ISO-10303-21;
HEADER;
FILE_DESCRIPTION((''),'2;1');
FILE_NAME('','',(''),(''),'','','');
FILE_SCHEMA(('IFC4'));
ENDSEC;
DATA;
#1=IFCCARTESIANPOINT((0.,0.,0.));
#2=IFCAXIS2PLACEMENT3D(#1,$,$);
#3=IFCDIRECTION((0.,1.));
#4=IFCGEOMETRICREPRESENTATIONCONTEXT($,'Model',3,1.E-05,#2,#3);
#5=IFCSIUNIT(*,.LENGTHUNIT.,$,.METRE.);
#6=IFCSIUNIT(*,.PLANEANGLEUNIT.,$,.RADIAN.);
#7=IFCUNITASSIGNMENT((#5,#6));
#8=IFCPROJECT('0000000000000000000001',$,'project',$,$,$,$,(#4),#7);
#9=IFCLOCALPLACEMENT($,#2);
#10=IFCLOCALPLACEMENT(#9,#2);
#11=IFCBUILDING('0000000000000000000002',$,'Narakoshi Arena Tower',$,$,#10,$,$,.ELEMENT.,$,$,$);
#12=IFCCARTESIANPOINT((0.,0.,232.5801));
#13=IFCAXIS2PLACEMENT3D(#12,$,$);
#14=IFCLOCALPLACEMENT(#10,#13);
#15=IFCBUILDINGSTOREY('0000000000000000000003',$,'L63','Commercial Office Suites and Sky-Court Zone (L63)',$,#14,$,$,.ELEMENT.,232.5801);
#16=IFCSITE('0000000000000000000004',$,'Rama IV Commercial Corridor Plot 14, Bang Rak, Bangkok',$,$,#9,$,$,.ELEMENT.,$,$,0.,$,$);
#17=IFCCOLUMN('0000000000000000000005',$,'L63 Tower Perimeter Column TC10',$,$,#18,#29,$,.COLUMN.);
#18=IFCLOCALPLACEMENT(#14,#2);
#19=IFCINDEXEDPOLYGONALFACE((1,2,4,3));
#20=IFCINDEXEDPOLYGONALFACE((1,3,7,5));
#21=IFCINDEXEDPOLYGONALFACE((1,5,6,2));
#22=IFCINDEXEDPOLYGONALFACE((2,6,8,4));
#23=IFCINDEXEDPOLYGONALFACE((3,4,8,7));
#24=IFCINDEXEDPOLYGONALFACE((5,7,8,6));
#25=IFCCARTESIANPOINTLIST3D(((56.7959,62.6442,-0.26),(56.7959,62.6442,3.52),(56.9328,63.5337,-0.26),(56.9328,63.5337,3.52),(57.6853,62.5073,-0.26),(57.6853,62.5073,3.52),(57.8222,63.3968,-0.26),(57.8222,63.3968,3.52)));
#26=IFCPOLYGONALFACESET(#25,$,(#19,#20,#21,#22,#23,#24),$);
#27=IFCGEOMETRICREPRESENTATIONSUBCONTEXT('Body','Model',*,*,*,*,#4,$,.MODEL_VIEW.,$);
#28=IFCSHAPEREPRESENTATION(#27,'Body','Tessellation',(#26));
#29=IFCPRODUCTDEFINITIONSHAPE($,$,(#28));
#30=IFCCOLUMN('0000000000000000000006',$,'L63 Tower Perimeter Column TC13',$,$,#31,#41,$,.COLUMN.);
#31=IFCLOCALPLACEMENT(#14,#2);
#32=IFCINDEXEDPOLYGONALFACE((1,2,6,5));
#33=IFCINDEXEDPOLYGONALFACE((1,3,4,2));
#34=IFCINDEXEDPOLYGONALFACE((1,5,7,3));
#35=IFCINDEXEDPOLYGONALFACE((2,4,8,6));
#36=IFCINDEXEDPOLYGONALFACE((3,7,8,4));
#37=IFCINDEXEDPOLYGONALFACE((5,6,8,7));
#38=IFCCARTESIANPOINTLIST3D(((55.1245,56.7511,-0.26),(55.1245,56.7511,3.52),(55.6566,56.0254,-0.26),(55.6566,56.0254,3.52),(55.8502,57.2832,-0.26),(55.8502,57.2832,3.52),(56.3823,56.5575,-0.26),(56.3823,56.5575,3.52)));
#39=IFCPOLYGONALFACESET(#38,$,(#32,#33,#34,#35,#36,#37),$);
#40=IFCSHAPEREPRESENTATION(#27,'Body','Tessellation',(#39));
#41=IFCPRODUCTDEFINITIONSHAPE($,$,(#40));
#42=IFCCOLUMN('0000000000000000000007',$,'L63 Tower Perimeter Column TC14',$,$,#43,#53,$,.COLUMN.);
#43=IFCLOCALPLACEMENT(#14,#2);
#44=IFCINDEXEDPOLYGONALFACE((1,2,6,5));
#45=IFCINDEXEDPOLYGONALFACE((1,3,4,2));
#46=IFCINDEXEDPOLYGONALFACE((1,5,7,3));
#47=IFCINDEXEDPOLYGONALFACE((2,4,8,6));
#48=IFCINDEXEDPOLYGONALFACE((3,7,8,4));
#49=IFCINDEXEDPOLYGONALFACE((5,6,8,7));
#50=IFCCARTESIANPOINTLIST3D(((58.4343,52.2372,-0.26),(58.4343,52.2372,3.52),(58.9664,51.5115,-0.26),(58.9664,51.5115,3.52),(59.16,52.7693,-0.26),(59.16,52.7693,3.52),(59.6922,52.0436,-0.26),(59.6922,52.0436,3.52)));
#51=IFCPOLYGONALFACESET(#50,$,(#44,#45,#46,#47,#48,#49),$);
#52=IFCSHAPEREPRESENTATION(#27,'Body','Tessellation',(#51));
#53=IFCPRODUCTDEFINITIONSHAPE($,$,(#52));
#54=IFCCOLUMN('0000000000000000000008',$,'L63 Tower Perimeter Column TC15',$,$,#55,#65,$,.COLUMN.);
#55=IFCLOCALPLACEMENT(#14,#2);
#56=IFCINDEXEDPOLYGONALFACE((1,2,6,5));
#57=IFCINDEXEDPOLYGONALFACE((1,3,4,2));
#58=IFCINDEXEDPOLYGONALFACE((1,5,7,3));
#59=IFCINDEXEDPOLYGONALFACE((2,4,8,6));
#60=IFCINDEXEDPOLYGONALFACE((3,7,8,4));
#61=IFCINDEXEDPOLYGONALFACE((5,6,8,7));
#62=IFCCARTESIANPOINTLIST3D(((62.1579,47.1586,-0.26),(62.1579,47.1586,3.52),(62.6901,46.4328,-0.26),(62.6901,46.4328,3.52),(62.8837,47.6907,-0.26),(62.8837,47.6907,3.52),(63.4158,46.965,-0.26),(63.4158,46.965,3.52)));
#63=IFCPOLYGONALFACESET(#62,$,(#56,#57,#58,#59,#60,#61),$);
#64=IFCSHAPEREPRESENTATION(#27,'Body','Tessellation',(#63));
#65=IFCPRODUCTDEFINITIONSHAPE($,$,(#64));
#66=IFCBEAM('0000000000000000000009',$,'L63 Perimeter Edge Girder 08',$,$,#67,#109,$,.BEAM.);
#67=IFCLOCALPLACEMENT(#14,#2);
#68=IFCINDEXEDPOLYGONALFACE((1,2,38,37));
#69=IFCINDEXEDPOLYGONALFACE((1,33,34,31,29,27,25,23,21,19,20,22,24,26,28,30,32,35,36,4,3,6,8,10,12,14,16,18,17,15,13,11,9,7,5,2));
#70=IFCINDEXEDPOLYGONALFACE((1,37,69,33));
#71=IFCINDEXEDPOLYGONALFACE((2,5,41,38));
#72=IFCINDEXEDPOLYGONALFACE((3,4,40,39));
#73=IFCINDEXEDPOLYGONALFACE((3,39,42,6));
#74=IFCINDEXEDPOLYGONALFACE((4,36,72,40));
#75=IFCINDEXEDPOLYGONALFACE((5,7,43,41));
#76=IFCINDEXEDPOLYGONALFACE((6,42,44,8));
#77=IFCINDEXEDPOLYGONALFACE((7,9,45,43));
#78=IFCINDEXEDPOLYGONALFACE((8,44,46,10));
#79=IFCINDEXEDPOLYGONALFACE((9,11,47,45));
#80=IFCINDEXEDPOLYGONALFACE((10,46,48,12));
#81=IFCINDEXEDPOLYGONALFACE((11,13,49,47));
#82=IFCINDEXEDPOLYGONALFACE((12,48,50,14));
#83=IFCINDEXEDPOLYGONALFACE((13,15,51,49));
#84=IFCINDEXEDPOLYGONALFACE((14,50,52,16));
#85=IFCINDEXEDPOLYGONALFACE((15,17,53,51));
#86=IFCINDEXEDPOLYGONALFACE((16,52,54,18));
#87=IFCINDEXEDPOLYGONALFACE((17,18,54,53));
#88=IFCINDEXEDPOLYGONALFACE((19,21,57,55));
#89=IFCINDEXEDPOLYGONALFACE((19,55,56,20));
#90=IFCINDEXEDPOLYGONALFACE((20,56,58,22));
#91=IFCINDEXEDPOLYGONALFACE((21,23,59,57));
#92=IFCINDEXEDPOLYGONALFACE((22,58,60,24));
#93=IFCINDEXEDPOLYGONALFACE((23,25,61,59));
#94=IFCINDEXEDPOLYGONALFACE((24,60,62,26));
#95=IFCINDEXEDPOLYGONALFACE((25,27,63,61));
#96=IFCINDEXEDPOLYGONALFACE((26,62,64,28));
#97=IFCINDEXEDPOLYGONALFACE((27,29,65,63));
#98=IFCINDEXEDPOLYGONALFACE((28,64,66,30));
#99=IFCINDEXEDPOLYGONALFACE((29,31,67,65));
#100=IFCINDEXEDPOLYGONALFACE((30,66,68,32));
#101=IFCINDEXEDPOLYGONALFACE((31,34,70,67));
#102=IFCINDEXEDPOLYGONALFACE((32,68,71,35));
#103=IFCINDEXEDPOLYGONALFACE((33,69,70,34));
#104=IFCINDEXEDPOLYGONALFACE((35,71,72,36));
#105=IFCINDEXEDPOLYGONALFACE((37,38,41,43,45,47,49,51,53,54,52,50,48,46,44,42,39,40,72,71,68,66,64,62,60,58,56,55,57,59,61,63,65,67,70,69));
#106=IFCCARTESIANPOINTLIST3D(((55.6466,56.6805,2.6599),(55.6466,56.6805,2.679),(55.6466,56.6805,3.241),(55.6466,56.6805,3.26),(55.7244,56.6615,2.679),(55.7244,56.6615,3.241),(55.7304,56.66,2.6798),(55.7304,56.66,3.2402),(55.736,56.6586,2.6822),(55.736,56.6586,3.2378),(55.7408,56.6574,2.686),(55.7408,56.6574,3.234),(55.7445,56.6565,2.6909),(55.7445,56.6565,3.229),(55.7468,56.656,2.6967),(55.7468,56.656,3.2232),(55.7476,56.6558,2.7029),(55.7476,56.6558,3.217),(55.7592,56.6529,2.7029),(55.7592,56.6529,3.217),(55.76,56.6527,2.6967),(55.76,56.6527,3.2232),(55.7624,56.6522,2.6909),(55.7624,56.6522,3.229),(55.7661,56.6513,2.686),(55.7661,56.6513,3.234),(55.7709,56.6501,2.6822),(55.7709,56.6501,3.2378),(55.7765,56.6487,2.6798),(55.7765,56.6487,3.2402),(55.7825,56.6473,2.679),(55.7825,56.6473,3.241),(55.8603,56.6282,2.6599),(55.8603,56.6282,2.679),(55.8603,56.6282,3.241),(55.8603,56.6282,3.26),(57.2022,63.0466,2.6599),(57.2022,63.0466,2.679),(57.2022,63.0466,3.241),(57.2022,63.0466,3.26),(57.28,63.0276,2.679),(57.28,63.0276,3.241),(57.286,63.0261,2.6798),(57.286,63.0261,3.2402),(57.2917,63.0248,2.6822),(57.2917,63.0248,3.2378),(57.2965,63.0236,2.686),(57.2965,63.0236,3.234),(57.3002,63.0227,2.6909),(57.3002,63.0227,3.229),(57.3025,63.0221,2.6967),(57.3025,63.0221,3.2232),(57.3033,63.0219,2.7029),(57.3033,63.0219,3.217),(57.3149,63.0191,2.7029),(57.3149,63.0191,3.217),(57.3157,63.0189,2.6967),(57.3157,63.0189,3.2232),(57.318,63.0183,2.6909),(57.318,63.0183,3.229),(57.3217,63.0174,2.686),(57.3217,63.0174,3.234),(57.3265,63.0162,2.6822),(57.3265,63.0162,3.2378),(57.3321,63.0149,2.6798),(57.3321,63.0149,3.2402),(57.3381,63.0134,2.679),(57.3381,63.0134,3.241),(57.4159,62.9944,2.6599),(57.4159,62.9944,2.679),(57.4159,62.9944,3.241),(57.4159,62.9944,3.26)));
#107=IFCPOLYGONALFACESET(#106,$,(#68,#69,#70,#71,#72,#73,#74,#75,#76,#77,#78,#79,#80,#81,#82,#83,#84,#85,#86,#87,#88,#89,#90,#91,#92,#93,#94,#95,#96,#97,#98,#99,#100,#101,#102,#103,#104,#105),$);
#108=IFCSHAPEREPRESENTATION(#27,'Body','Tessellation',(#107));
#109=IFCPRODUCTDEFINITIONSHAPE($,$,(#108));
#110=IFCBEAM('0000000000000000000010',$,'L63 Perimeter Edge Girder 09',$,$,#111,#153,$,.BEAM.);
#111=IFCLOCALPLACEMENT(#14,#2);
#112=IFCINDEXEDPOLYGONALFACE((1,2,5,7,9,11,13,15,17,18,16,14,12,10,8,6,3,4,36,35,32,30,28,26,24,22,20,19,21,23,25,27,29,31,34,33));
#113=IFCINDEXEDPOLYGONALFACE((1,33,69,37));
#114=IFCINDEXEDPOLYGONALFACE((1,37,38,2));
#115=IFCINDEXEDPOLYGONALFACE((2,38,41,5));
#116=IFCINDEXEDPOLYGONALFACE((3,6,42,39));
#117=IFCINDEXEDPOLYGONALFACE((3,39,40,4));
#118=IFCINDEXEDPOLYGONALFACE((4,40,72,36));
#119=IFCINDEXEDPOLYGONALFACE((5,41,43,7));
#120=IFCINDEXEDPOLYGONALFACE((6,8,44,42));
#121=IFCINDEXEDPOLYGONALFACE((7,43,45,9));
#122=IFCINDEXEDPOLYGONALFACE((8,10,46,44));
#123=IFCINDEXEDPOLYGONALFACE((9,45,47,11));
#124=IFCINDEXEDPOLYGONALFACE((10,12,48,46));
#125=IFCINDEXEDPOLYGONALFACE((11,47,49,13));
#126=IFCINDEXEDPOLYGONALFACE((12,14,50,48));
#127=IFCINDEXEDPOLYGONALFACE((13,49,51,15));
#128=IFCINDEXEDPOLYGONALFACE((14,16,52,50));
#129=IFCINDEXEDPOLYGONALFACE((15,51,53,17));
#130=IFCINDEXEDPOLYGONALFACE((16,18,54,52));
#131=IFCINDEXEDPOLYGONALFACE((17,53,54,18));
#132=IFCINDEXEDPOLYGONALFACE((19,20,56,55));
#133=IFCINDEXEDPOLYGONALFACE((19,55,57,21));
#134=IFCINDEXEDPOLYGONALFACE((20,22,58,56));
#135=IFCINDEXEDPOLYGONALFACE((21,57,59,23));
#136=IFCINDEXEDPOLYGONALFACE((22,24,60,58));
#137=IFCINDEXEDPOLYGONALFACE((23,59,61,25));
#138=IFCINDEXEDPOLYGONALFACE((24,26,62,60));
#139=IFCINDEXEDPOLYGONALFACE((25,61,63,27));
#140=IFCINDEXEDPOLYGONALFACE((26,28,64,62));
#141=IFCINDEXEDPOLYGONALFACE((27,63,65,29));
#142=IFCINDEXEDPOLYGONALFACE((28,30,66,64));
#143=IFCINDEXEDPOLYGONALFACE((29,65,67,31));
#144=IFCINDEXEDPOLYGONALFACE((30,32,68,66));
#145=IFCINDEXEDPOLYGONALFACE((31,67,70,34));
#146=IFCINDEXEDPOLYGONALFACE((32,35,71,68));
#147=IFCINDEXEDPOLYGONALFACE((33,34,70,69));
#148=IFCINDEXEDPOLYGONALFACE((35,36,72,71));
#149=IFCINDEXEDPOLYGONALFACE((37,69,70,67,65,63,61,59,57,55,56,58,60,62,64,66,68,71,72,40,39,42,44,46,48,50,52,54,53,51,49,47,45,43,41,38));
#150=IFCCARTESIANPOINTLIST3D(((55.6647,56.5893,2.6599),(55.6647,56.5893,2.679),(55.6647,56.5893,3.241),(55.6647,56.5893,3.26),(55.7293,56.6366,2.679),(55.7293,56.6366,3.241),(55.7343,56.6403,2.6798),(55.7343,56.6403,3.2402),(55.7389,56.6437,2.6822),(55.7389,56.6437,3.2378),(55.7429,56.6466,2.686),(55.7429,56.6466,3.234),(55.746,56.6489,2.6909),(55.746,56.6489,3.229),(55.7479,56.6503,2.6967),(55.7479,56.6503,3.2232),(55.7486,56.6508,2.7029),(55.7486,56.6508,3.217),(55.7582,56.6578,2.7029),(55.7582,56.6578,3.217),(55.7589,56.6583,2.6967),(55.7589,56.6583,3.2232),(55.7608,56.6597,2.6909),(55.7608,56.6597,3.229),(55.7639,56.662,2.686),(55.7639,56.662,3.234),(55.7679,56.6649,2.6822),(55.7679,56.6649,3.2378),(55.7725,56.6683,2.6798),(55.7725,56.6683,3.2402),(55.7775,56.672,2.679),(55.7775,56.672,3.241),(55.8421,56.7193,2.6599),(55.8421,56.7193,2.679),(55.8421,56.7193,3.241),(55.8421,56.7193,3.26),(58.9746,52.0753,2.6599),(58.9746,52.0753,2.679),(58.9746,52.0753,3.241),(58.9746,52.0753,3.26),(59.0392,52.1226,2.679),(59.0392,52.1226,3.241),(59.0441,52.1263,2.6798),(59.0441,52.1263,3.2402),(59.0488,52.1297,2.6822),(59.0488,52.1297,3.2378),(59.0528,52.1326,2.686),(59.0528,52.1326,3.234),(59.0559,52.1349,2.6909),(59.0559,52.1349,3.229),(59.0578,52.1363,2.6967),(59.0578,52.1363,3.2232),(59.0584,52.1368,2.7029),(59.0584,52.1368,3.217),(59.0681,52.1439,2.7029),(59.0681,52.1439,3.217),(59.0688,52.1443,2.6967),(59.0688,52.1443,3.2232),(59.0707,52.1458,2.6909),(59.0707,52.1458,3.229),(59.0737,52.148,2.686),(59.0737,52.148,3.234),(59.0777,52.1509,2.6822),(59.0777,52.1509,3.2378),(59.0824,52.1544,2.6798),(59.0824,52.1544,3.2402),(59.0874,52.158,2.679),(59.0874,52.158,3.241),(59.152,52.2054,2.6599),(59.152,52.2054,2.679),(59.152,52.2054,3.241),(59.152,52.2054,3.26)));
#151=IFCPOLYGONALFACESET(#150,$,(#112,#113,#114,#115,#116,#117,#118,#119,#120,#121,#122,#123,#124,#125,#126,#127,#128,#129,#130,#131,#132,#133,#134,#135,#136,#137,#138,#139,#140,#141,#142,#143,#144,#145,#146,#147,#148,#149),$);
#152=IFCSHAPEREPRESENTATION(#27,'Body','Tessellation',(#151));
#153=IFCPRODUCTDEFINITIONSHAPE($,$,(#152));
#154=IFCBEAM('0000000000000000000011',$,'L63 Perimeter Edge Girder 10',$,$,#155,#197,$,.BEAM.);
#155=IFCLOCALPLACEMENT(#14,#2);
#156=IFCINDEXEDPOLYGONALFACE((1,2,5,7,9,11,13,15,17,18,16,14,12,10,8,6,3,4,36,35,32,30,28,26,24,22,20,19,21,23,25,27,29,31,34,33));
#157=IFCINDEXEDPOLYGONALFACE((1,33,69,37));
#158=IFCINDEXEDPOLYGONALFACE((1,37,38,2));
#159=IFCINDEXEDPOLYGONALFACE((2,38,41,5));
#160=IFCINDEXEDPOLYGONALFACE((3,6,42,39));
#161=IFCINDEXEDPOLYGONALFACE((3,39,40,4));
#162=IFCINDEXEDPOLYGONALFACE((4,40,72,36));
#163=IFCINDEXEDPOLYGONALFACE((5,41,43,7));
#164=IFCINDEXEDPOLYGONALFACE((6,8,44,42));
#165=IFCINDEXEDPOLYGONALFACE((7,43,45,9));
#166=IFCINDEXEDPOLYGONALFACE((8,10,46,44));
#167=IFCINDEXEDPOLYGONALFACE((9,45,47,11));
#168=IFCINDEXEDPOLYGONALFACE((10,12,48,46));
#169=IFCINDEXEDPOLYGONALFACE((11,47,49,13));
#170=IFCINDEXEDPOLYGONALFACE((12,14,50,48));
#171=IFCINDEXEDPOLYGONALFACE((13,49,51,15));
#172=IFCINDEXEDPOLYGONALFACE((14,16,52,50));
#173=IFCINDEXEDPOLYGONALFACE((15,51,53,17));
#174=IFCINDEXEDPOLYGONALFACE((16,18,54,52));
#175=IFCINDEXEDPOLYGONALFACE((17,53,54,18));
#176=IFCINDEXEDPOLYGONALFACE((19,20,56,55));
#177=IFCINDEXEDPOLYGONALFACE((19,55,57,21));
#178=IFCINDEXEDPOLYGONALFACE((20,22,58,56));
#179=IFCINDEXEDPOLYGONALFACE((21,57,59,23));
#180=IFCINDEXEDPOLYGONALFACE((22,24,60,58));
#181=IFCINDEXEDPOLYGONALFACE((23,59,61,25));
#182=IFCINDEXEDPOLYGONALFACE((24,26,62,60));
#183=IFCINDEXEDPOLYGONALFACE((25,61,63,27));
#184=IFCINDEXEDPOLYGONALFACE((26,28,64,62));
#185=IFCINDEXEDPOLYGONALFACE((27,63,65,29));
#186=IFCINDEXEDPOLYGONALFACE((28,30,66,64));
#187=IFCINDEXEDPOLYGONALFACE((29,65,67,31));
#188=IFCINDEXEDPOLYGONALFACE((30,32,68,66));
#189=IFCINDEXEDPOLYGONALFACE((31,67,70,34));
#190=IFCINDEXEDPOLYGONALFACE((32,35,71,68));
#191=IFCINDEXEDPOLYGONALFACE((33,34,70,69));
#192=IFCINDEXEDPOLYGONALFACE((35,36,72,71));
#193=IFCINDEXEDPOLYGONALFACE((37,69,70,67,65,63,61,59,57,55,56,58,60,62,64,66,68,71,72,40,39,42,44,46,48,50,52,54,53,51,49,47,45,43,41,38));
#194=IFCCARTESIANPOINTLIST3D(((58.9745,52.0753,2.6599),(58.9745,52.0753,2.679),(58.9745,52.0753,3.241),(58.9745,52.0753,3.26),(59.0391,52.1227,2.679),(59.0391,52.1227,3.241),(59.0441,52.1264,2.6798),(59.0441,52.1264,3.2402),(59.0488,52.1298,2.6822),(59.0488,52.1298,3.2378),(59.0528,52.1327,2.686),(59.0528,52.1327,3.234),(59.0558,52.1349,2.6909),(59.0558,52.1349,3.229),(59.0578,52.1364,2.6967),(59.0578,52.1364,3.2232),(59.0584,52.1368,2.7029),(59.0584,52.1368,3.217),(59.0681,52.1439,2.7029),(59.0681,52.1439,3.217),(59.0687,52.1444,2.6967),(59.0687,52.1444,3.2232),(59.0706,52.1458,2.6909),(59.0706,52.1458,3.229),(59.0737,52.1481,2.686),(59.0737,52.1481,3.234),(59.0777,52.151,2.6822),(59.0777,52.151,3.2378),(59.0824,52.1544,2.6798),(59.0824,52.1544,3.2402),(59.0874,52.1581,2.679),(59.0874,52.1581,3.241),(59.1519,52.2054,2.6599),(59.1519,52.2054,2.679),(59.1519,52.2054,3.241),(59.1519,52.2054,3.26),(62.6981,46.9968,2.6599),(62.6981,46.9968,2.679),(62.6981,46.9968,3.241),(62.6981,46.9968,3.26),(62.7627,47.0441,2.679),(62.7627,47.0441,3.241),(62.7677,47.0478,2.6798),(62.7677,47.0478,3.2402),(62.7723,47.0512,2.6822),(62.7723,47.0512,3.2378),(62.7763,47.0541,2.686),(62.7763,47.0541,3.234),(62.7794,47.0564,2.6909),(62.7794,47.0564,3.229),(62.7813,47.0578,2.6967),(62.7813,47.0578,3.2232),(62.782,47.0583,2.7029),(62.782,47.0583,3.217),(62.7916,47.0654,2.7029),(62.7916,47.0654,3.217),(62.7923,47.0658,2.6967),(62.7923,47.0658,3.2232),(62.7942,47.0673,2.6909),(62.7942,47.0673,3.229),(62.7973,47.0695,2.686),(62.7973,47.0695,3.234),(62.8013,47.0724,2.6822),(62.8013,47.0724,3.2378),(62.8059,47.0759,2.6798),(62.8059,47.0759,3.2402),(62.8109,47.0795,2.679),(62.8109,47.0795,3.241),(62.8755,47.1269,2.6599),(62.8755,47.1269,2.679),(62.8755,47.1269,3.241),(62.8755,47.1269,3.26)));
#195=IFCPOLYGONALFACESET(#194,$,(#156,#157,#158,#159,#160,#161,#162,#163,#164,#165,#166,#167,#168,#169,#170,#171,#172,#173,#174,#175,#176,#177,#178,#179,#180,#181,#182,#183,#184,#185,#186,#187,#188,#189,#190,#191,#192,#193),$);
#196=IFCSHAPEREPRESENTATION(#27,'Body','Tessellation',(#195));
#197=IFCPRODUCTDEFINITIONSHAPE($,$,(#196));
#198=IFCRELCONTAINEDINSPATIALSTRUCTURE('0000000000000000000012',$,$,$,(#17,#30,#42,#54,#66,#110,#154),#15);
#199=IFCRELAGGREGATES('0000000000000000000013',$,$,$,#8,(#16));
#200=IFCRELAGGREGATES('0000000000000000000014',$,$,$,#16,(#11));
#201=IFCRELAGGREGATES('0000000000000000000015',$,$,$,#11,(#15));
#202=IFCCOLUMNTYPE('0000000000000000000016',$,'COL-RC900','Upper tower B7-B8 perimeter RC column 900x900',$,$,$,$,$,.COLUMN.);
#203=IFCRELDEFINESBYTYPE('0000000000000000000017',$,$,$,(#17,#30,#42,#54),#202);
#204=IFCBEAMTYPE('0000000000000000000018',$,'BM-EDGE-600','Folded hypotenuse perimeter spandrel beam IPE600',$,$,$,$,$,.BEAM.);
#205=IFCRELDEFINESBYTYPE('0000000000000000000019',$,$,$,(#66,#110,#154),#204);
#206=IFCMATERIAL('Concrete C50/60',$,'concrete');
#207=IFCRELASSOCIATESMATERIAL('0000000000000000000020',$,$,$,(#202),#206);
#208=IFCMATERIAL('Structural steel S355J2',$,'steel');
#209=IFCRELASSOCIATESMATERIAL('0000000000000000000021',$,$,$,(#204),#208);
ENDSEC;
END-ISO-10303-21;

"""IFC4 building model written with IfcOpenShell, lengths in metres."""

from ifc_helpers import new_model, si_unit, direction, frame, origin, origin_2d, place, context, subcontext, project, spatial, rectangle, i_section, extrude, material, material_profile, profile_set, type_object, element, save


model = new_model("IFC4")

# Units and contexts
model_context = context("Model", 3, precision=1e-05, world=origin(), true_north=direction((0.0, 1.0)))
body_context = subcontext(model_context, "Body", "Model", "MODEL_VIEW")
ifc_project = project(units=[si_unit("LENGTHUNIT", "METRE"), si_unit("PLANEANGLEUNIT", "RADIAN")], contexts=[model_context])

# Site, building, storey
site_placement = place(None, origin())
site = spatial("IfcSite", under=ifc_project, at=site_placement, Name="Rama IV Commercial Corridor Plot 14, Bang Rak, Bangkok", CompositionType="ELEMENT", RefElevation=0.0)
building_placement = place(site_placement, origin())
building = spatial("IfcBuilding", under=site, at=building_placement, Name="Narakoshi Arena Tower", CompositionType="ELEMENT")
storey_placement = place(building_placement, frame((0.0, 0.0, 232.5801)))
storey = spatial("IfcBuildingStorey", under=building, at=storey_placement, Name="L63", Description="Commercial Office Suites and Sky-Court Zone (L63)", CompositionType="ELEMENT", Elevation=232.5801)

# Columns
ifc_material_1 = material(Name="Concrete C50/60", Category="concrete")
ifc_material_profile_1 = material_profile(ifc_material_1, rectangle(XDim=0.8999, YDim=0.8999, at=origin_2d()), Name="RC900x900")
ifc_profile_set_1 = profile_set([ifc_material_profile_1], Name="Concrete C50/60")
column_type = type_object("IfcColumnType", Name="COL-RC900", Description="Upper tower B7-B8 perimeter RC column 900x900", PredefinedType="COLUMN", material=ifc_profile_set_1)
for number, where, z_axis, x_axis, name in (
    (1, (57.3091, 63.0205, -0.26), (0.0, 0.0, 1.0), (0.152123, 0.988362, 0.0), "L63 Tower Perimeter Column TC10"),
    (2, (55.7534, 56.6543, -0.26), (0.0, 0.0, 1.0), (-0.59131, 0.806445, 0.0), "L63 Tower Perimeter Column TC13"),
    (3, (59.0632, 52.1404, -0.26), (0.0, 0.0, 1.0), (-0.59131, 0.806445, 0.0), "L63 Tower Perimeter Column TC14"),
    (4, (62.7869, 47.0618, -0.26), (0.0, 0.0, 1.0), (-0.59131, 0.806445, 0.0), "L63 Tower Perimeter Column TC15"),
):
    element("IfcColumn", number, at=place(storey_placement, frame(where, z_axis=z_axis, x_axis=x_axis)), inside=storey, type_object=column_type, Name=name, PredefinedType="COLUMN", context=body_context, shape_type="SweptSolid", body=[
        extrude(rectangle(XDim=0.8999, YDim=0.8999, at=origin_2d()), origin(), (0.0, 0.0, 1.0), 3.78),
    ])

# Beams
ifc_material_2 = material(Name="Structural steel S355J2", Category="steel")
ifc_material_profile_2 = material_profile(ifc_material_2, i_section(OverallWidth=0.22, OverallDepth=0.6001, WebThickness=0.012, FlangeThickness=0.019, FilletRadius=0.0239, at=origin_2d()), Name="IPE600")
ifc_profile_set_2 = profile_set([ifc_material_profile_2], Name="Structural steel S355J2")
beam_type_1 = type_object("IfcBeamType", Name="BM-EDGE-600", Description="Folded hypotenuse perimeter spandrel beam IPE600", PredefinedType="BEAM", material=ifc_profile_set_2)
beam_1_placement = place(storey_placement, frame((57.3091, 63.0205, 2.96), z_axis=(-0.237378, -0.971417, 0.0), x_axis=(0.971417, -0.237378, 0.0)))
element("IfcBeam", 5, at=beam_1_placement, inside=storey, type_object=beam_type_1, Name="L63 Perimeter Edge Girder 08", PredefinedType="BEAM", context=body_context, shape_type="SweptSolid", body=[
    extrude(i_section(OverallWidth=0.22, OverallDepth=0.6001, WebThickness=0.012, FlangeThickness=0.019, FilletRadius=0.0239, at=origin_2d()), origin(), (0.0, 0.0, 1.0), 6.5535),
])
beam_2_placement = place(storey_placement, frame((55.7534, 56.6543, 2.96), z_axis=(0.591318, -0.806438, 0.0), x_axis=(0.806438, 0.591318, 0.0)))
element("IfcBeam", 6, at=beam_2_placement, inside=storey, type_object=beam_type_1, Name="L63 Perimeter Edge Girder 09", PredefinedType="BEAM", context=body_context, shape_type="SweptSolid", body=[
    extrude(i_section(OverallWidth=0.22, OverallDepth=0.6001, WebThickness=0.012, FlangeThickness=0.019, FilletRadius=0.0239, at=origin_2d()), origin(), (0.0, 0.0, 1.0), 5.5974),
])
for number, where, z_axis, x_axis, name in (
    (7, (59.0632, 52.1404, 2.96), (0.591293, -0.806457, 0.0), (0.806457, 0.591293, 0.0), "L63 Perimeter Edge Girder 10"),
):
    element("IfcBeam", number, at=place(storey_placement, frame(where, z_axis=z_axis, x_axis=x_axis)), inside=storey, type_object=beam_type_1, Name=name, PredefinedType="BEAM", context=body_context, shape_type="SweptSolid", body=[
        extrude(i_section(OverallWidth=0.22, OverallDepth=0.6001, WebThickness=0.012, FlangeThickness=0.019, FilletRadius=0.0239, at=origin_2d()), origin(), (0.0, 0.0, 1.0), 6.2974),
    ])

save(model, "model.ifc")
